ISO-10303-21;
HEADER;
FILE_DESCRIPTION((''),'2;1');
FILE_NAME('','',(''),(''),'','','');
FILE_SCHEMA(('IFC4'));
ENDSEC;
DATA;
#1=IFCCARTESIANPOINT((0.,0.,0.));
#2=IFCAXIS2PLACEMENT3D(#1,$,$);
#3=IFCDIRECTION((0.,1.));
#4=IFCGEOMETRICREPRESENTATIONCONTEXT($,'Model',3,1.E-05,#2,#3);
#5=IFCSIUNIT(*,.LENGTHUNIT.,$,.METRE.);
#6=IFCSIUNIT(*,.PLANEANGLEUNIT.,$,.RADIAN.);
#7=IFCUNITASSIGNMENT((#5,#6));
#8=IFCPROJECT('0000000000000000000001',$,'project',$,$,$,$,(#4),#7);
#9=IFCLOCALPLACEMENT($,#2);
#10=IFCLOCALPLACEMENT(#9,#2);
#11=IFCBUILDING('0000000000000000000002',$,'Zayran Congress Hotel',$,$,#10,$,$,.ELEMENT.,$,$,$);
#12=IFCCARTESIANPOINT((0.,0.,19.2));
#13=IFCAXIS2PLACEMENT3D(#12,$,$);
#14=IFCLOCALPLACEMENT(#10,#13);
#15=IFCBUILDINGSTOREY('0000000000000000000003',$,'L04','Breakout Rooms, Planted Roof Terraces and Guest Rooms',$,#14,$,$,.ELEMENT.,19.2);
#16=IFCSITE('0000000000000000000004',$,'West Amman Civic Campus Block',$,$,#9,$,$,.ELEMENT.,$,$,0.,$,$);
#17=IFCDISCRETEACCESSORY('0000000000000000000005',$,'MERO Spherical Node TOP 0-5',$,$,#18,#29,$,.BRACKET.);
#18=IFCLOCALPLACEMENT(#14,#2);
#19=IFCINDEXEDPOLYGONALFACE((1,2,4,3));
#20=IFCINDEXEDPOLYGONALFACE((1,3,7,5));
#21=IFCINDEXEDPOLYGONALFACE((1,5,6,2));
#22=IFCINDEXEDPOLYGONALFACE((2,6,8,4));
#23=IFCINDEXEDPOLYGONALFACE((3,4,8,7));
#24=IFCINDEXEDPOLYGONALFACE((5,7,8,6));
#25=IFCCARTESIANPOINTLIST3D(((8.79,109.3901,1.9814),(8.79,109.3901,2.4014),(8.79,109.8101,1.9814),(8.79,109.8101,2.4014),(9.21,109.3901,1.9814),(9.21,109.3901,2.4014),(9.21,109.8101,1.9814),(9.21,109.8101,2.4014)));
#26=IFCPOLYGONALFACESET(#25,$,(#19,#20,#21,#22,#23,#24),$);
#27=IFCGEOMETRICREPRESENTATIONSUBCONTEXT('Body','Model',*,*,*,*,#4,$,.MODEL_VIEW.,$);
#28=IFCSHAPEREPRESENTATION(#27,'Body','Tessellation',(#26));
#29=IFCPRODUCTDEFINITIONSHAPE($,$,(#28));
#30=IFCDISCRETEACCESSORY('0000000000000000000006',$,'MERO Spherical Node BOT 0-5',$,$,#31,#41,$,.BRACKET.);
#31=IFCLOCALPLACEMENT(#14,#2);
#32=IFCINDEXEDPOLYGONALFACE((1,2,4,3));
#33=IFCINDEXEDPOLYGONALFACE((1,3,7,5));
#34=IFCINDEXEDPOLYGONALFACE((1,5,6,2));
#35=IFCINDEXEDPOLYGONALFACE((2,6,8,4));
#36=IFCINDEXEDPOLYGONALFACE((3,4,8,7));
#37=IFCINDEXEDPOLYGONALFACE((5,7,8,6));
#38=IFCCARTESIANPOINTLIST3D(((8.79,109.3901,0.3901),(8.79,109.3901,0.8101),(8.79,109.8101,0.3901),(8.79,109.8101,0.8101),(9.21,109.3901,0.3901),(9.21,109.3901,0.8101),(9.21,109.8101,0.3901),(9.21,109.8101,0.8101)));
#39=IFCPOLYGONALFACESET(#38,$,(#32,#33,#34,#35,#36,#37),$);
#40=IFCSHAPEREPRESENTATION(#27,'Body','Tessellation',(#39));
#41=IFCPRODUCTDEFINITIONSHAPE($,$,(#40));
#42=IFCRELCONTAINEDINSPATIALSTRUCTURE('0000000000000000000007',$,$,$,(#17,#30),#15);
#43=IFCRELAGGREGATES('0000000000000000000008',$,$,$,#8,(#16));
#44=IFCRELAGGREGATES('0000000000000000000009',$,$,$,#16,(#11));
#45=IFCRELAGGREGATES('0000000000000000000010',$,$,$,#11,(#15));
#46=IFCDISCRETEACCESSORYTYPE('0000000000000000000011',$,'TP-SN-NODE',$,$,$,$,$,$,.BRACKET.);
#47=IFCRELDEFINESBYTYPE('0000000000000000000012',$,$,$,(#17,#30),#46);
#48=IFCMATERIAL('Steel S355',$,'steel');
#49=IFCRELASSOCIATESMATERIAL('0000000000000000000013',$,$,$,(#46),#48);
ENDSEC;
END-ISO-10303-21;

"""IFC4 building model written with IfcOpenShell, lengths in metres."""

from ifc_helpers import new_model, si_unit, direction, frame, origin, origin_2d, place, context, subcontext, project, spatial, rectangle, extrude, material, type_object, element, save


model = new_model("IFC4")

# Units and contexts
model_context = context("Model", 3, precision=1e-05, world=origin(), true_north=direction((0.0, 1.0)))
body_context = subcontext(model_context, "Body", "Model", "MODEL_VIEW")
ifc_project = project(units=[si_unit("LENGTHUNIT", "METRE"), si_unit("PLANEANGLEUNIT", "RADIAN")], contexts=[model_context])

# Site, building, storey
site_placement = place(None, origin())
site = spatial("IfcSite", under=ifc_project, at=site_placement, Name="West Amman Civic Campus Block", CompositionType="ELEMENT", RefElevation=0.0)
building_placement = place(site_placement, origin())
building = spatial("IfcBuilding", under=site, at=building_placement, Name="Zayran Congress Hotel", CompositionType="ELEMENT")
storey_placement = place(building_placement, frame((0.0, 0.0, 19.2)))
storey = spatial("IfcBuildingStorey", under=building, at=storey_placement, Name="L04", Description="Breakout Rooms, Planted Roof Terraces and Guest Rooms", CompositionType="ELEMENT", Elevation=19.2)

# Shared definitions
ifc_material_1 = material(Name="Steel S355", Category="steel")

# Discrete accessories
discrete_accessory_type = type_object("IfcDiscreteAccessoryType", Name="TP-SN-NODE", PredefinedType="BRACKET", material=ifc_material_1)
for number, where, z_axis, x_axis, name in (
    (1, (9.0, 109.6001, 1.9814), (0.0, 0.0, 1.0), (1.0, 0.0, 0.0), "MERO Spherical Node TOP 0-5"),
    (2, (9.0, 109.6001, 0.3901), (0.0, 0.0, 1.0), (1.0, 0.0, 0.0), "MERO Spherical Node BOT 0-5"),
):
    element("IfcDiscreteAccessory", number, at=place(storey_placement, frame(where, z_axis=z_axis, x_axis=x_axis)), inside=storey, type_object=discrete_accessory_type, Name=name, PredefinedType="BRACKET", context=body_context, shape_type="SweptSolid", body=[
        extrude(rectangle(XDim=0.4199, YDim=0.4199, at=origin_2d()), origin(), (0.0, 0.0, 1.0), 0.4199),
    ])

save(model, "model.ifc")
